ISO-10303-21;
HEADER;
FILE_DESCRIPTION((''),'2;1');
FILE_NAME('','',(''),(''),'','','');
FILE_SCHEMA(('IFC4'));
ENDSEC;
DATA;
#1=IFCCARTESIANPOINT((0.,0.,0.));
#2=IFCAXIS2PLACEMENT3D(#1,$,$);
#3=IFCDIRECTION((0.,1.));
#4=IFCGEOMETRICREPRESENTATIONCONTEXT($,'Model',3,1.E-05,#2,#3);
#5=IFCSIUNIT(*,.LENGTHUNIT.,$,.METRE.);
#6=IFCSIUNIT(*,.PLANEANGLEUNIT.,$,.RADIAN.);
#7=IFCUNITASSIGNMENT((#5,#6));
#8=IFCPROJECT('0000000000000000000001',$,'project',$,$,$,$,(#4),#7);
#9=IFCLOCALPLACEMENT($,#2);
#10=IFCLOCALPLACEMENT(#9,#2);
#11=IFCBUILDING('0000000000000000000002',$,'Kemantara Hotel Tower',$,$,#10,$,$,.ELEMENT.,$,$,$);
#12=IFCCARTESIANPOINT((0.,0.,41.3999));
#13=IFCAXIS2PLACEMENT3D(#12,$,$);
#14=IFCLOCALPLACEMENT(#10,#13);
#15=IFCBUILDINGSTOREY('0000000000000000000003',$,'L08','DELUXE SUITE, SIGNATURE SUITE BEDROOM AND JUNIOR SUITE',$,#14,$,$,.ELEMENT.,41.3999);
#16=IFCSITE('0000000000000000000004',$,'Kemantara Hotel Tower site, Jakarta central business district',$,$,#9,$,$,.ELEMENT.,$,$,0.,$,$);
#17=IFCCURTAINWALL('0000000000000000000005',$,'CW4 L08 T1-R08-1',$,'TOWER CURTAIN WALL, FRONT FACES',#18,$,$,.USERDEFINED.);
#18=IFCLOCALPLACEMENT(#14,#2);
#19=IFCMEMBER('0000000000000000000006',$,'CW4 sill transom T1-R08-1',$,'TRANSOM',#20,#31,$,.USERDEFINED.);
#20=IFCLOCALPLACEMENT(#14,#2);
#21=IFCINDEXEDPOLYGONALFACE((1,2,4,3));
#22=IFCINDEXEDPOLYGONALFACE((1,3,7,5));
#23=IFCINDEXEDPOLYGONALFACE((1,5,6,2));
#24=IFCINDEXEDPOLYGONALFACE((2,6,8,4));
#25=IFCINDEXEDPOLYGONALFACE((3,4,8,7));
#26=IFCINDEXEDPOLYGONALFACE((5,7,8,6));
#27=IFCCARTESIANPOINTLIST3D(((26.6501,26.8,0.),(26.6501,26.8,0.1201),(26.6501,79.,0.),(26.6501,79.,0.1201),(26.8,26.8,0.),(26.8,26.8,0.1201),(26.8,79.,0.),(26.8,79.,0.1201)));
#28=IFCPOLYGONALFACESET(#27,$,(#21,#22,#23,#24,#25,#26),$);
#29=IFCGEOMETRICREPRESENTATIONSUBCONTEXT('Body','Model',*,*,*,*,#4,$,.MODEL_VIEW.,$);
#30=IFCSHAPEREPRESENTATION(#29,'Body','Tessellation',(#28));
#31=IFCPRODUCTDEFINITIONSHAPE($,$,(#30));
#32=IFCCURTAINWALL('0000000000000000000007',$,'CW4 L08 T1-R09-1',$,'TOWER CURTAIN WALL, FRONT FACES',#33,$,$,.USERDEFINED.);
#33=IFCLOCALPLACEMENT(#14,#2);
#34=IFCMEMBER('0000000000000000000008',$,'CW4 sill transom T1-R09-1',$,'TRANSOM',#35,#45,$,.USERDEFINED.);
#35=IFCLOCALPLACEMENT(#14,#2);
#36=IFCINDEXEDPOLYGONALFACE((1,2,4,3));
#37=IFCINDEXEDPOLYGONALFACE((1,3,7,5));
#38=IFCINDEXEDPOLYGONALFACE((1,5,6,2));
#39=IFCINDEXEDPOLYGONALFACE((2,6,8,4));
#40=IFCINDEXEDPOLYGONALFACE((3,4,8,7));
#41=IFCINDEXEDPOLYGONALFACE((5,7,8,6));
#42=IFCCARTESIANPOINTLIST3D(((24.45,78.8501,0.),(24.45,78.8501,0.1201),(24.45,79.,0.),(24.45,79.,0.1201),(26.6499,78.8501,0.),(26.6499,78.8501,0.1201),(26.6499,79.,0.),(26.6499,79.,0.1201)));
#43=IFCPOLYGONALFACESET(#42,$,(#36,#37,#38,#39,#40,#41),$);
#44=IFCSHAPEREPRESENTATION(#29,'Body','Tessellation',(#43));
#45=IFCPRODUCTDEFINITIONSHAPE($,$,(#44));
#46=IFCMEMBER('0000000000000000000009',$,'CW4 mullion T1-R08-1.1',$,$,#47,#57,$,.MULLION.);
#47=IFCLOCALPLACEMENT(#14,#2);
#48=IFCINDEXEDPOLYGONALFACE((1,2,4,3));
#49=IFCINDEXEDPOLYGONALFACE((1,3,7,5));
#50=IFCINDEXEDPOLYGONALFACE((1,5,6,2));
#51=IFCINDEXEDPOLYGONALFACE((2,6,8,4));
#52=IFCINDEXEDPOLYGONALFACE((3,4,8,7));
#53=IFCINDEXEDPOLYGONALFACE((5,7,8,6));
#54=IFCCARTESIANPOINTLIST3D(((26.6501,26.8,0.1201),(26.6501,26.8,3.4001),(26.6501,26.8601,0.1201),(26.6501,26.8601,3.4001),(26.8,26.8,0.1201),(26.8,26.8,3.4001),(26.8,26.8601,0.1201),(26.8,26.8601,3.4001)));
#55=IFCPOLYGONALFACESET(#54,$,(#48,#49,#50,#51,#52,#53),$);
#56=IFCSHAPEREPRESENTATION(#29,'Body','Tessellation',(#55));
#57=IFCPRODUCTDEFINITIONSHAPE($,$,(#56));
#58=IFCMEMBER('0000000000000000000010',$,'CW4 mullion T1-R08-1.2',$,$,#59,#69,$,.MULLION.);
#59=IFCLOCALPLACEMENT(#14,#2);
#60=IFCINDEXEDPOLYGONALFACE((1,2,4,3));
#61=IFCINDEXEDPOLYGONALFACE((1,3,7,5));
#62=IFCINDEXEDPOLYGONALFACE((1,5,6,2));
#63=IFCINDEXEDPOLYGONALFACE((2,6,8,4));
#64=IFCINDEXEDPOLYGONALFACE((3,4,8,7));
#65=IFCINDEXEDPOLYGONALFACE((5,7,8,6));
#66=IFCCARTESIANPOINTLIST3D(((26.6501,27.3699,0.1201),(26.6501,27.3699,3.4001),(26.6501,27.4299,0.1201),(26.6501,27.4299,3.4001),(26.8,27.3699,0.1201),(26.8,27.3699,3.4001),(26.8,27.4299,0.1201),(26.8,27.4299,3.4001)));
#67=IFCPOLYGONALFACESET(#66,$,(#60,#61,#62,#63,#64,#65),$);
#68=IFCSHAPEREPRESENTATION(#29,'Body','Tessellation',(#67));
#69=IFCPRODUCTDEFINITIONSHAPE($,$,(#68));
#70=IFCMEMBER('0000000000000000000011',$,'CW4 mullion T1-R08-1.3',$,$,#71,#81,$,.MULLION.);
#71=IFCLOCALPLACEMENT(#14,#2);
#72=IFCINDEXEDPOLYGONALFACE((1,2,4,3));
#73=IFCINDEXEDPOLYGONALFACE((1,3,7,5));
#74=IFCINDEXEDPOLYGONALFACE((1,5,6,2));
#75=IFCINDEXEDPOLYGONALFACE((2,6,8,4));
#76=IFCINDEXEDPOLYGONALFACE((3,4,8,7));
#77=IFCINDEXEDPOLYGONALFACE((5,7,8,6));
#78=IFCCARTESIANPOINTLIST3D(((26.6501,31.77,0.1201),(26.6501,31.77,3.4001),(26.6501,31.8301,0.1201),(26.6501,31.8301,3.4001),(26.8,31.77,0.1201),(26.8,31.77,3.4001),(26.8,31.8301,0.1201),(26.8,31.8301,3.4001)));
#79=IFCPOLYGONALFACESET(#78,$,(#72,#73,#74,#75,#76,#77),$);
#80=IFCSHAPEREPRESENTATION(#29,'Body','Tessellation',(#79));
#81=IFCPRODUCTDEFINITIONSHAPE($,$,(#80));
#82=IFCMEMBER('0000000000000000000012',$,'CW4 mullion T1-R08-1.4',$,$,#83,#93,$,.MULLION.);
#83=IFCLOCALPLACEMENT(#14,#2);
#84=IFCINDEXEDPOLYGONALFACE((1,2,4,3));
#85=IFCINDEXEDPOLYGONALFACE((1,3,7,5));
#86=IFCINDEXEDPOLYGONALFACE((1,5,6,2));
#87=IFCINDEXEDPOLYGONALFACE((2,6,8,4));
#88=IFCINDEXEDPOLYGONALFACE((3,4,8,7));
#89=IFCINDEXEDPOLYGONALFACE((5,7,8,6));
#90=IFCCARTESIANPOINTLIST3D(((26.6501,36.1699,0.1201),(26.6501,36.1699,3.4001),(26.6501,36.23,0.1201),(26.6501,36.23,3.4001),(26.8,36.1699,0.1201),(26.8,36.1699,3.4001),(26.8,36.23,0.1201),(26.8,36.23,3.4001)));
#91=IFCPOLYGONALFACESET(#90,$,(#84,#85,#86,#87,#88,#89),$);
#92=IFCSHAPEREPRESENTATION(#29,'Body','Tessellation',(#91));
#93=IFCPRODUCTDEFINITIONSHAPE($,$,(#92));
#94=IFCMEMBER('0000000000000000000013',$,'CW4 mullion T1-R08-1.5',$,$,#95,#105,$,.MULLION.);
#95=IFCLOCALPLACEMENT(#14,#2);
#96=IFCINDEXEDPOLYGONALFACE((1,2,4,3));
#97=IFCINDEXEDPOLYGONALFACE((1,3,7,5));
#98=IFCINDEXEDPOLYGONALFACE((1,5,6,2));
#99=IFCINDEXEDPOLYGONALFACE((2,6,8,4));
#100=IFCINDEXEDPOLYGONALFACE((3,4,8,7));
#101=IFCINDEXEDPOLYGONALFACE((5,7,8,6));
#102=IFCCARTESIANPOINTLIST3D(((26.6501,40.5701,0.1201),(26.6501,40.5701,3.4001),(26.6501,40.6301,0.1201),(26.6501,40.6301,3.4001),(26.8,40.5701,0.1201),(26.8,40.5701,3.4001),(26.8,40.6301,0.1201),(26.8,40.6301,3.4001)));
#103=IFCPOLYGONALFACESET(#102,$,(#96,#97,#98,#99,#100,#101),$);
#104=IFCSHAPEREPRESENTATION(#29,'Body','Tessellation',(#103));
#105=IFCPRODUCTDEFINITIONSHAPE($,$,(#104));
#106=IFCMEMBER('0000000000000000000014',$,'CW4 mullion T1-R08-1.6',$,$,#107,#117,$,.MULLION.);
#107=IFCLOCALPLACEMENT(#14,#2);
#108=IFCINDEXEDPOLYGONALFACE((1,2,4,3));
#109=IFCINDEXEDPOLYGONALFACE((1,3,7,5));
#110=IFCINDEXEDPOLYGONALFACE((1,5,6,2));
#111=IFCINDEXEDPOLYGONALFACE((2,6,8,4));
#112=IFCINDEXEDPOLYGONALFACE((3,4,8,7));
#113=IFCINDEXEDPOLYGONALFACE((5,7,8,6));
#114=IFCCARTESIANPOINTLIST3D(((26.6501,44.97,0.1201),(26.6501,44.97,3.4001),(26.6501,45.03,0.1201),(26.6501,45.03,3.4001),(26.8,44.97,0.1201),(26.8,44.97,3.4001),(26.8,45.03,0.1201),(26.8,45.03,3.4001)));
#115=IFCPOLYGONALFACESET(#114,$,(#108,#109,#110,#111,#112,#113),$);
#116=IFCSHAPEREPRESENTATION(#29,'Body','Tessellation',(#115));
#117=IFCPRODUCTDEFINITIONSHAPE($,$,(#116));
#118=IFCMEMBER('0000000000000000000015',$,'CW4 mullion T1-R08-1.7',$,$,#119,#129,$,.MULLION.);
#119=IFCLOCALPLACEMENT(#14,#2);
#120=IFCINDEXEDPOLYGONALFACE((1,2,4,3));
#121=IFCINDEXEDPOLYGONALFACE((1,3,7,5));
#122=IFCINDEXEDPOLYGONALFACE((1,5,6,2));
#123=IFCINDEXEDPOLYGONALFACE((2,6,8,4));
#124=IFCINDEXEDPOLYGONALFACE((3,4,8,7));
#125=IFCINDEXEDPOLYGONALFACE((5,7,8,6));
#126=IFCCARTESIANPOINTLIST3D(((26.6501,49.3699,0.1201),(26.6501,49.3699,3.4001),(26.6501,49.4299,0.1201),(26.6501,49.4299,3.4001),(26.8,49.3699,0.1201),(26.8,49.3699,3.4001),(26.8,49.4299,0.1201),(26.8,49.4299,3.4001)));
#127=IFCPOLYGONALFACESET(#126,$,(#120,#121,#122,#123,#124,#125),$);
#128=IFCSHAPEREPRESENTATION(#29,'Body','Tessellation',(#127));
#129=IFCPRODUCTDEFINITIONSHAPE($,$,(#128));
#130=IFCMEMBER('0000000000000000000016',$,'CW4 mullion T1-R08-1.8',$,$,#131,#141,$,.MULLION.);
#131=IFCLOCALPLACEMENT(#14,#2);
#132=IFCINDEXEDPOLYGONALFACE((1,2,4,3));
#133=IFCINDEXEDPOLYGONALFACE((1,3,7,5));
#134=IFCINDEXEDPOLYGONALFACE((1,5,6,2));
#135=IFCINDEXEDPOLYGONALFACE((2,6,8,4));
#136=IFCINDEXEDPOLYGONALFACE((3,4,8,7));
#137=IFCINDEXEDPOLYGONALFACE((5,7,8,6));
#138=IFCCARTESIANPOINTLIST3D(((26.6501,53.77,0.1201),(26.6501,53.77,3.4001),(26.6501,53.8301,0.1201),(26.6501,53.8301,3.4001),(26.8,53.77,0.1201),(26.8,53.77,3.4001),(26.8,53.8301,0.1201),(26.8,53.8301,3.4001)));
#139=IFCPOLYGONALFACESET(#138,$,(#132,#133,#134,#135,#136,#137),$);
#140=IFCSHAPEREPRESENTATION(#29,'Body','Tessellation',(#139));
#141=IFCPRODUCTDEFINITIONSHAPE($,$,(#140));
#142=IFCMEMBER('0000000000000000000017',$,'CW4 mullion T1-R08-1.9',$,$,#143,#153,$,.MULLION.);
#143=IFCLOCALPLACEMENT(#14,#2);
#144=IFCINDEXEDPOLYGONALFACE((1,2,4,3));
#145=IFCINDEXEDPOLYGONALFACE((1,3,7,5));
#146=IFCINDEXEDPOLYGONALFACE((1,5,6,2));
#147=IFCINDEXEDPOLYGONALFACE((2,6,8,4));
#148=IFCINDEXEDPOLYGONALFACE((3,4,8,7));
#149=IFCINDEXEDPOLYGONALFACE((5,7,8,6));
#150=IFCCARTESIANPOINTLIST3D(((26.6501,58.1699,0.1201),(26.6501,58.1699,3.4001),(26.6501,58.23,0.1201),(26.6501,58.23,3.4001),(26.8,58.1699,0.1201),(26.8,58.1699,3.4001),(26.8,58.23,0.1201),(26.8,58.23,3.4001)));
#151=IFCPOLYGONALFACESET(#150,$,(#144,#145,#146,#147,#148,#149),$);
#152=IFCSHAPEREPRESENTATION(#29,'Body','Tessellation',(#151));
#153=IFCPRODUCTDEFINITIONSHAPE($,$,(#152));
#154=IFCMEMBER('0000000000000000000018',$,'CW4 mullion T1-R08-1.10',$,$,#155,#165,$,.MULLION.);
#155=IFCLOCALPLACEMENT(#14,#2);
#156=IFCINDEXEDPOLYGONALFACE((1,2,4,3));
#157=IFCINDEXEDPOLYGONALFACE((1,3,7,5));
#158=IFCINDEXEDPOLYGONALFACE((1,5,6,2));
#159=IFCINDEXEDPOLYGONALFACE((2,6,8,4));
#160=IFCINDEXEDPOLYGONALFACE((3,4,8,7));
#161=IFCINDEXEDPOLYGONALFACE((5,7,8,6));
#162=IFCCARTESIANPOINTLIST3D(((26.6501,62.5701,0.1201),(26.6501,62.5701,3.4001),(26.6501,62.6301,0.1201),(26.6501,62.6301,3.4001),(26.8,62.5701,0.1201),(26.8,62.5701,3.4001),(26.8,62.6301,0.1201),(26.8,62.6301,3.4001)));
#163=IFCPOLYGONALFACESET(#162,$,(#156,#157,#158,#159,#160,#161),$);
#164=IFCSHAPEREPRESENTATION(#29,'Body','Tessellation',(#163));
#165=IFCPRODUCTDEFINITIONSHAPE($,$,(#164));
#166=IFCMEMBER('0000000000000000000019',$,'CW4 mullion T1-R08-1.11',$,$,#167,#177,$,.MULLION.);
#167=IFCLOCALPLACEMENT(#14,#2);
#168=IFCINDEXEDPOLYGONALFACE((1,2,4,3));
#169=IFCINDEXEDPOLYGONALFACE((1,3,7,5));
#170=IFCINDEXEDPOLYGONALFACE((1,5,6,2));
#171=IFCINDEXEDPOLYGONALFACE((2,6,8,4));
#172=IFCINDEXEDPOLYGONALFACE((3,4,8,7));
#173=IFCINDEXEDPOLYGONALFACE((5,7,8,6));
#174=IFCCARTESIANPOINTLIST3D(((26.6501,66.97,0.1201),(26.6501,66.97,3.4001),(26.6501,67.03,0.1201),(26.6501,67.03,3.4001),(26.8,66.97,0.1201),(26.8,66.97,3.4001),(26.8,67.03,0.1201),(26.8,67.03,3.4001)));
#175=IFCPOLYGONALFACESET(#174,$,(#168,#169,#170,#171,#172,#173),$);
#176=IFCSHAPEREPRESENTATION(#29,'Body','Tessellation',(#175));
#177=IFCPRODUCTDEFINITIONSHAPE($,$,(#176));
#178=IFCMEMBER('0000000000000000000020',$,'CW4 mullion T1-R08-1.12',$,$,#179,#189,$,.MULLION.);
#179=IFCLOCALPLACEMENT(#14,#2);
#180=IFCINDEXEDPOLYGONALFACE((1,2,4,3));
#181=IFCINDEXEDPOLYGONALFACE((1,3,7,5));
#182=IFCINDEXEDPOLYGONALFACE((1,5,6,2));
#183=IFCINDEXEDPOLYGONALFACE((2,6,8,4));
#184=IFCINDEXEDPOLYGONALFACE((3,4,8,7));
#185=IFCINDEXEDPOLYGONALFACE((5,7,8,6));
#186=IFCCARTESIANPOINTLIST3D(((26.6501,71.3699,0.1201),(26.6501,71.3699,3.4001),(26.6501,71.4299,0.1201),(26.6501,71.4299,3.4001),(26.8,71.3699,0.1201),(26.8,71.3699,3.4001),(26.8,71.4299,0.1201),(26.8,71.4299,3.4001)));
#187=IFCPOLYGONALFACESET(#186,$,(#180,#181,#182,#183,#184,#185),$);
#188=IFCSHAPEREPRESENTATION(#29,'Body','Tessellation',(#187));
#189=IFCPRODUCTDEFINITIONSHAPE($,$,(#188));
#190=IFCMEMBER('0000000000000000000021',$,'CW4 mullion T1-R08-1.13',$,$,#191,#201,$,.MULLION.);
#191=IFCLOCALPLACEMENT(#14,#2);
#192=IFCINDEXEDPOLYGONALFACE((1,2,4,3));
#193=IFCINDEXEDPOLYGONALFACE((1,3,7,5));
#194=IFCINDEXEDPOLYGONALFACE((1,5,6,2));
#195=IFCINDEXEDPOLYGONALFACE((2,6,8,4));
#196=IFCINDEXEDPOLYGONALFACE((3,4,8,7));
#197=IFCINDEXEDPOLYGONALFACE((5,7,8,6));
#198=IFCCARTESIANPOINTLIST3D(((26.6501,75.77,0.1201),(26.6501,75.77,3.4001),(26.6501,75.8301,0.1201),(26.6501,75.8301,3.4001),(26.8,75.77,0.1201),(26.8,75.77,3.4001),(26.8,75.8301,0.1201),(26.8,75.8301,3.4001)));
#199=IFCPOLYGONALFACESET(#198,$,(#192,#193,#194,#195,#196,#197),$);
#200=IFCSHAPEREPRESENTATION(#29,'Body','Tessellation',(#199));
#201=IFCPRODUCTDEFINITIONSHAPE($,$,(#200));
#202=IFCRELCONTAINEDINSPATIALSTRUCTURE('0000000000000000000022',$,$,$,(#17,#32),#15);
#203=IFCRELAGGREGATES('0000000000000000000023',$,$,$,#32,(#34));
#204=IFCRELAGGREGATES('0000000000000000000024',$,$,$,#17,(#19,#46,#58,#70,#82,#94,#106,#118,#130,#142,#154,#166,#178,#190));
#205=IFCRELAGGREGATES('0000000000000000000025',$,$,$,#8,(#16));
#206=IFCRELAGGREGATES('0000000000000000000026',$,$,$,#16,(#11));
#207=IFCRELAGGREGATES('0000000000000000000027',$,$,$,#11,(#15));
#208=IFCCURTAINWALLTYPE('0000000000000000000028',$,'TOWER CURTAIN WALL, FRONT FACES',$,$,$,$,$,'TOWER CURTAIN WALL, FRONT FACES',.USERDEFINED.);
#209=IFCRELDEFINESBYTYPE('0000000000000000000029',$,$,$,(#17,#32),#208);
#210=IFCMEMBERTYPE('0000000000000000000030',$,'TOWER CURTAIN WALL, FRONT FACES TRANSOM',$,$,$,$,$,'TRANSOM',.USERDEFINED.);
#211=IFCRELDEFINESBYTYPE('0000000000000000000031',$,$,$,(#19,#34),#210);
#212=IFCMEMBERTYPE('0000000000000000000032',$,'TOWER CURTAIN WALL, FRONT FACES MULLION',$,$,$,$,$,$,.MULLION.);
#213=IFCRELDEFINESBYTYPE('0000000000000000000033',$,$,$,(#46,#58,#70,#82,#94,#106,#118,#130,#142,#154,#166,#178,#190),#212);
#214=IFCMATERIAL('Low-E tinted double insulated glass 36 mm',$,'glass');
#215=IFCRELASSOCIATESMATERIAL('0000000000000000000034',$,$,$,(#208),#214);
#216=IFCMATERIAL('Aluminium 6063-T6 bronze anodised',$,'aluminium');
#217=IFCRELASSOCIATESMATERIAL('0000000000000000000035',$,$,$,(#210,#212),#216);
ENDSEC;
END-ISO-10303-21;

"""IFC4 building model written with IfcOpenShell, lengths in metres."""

from ifc_helpers import new_model, si_unit, direction, frame, origin, origin_2d, place, context, subcontext, project, spatial, rectangle, extrude, source, transform, mapped, material, material_profile, profile_set, type_object, element, aggregate, save


model = new_model("IFC4")

# Units and contexts
model_context = context("Model", 3, precision=1e-05, world=origin(), true_north=direction((0.0, 1.0)))
body_context = subcontext(model_context, "Body", "Model", "MODEL_VIEW")
ifc_project = project(units=[si_unit("LENGTHUNIT", "METRE"), si_unit("PLANEANGLEUNIT", "RADIAN")], contexts=[model_context])

# Site, building, storey
site_placement = place(None, origin())
site = spatial("IfcSite", under=ifc_project, at=site_placement, Name="Kemantara Hotel Tower site, Jakarta central business district", CompositionType="ELEMENT", RefElevation=0.0)
building_placement = place(site_placement, origin())
building = spatial("IfcBuilding", under=site, at=building_placement, Name="Kemantara Hotel Tower", CompositionType="ELEMENT")
storey_placement = place(building_placement, frame((0.0, 0.0, 41.3999)))
storey = spatial("IfcBuildingStorey", under=building, at=storey_placement, Name="L08", Description="DELUXE SUITE, SIGNATURE SUITE BEDROOM AND JUNIOR SUITE", CompositionType="ELEMENT", Elevation=41.3999)

# Curtain walls, members
ifc_material_1 = material(Name="Low-E tinted double insulated glass 36 mm", Category="glass")
curtain_wall_type = type_object("IfcCurtainWallType", Name="TOWER CURTAIN WALL, FRONT FACES", ElementType="TOWER CURTAIN WALL, FRONT FACES", PredefinedType="USERDEFINED", material=ifc_material_1)
curtain_wall_1_placement = place(storey_placement, origin())
curtain_wall_1 = element("IfcCurtainWall", 1, at=curtain_wall_1_placement, inside=storey, type_object=curtain_wall_type, Name="CW4 L08 T1-R08-1", ObjectType="TOWER CURTAIN WALL, FRONT FACES", PredefinedType="USERDEFINED")
ifc_material_2 = material(Name="Aluminium 6063-T6 bronze anodised", Category="aluminium")
ifc_material_profile_1 = material_profile(ifc_material_2, rectangle(XDim=0.1499, YDim=0.1201, at=origin_2d()), Name="TOWER CURTAIN WALL, FRONT FACES TRANSOM")
ifc_profile_set_1 = profile_set([ifc_material_profile_1], Name="Aluminium 6063-T6 bronze anodised")
member_type_1 = type_object("IfcMemberType", Name="TOWER CURTAIN WALL, FRONT FACES TRANSOM", ElementType="TRANSOM", PredefinedType="USERDEFINED", material=ifc_profile_set_1)
member_1_placement = place(storey_placement, frame((26.7251, 26.8, 0.0601), z_axis=(0.0, 1.0, 0.0), x_axis=(-1.0, 0.0, 0.0)))
member_1 = element("IfcMember", 2, at=member_1_placement, type_object=member_type_1, Name="CW4 sill transom T1-R08-1", ObjectType="TRANSOM", PredefinedType="USERDEFINED", context=body_context, shape_type="SweptSolid", body=[
    extrude(rectangle(XDim=0.1499, YDim=0.1201, at=origin_2d()), origin(), (0.0, 0.0, 1.0), 52.2),
])
curtain_wall_2_placement = place(storey_placement, origin())
curtain_wall_2 = element("IfcCurtainWall", 3, at=curtain_wall_2_placement, inside=storey, type_object=curtain_wall_type, Name="CW4 L08 T1-R09-1", ObjectType="TOWER CURTAIN WALL, FRONT FACES", PredefinedType="USERDEFINED")
member_2_placement = place(storey_placement, frame((26.6499, 78.925, 0.0601), z_axis=(-1.0, 0.0, 0.0), x_axis=(0.0, -1.0, 0.0)))
member_2 = element("IfcMember", 4, at=member_2_placement, type_object=member_type_1, Name="CW4 sill transom T1-R09-1", ObjectType="TRANSOM", PredefinedType="USERDEFINED", context=body_context, shape_type="SweptSolid", body=[
    extrude(rectangle(XDim=0.1499, YDim=0.1201, at=origin_2d()), origin(), (0.0, 0.0, 1.0), 2.2),
])
aggregate(curtain_wall_2, [member_2])

# Members
ifc_material_profile_2 = material_profile(ifc_material_2, rectangle(XDim=0.1499, YDim=0.0601, at=origin_2d()), Name="TOWER CURTAIN WALL, FRONT FACES MULLION")
ifc_profile_set_2 = profile_set([ifc_material_profile_2], Name="Aluminium 6063-T6 bronze anodised")
member_type_2 = type_object("IfcMemberType", Name="TOWER CURTAIN WALL, FRONT FACES MULLION", PredefinedType="MULLION", material=ifc_profile_set_2)
shared_shape_1 = source(origin(), body_context, "Body", "SweptSolid", [
    extrude(rectangle(XDim=0.1499, YDim=0.0601, at=origin_2d()), origin(), (0.0, 0.0, 1.0), 3.28),
])
member_3_placement = place(storey_placement, frame((26.7251, 26.8301, 0.1201), z_axis=(0.0, 0.0, 1.0), x_axis=(-1.0, 0.0, 0.0)))
member_3 = element("IfcMember", 5, at=member_3_placement, type_object=member_type_2, Name="CW4 mullion T1-R08-1.1", PredefinedType="MULLION", context=body_context, shape_type="MappedRepresentation", body=[
    mapped(shared_shape_1, transform((0.0, 0.0, 0.0))),
])
member_4_placement = place(storey_placement, frame((26.7251, 27.3999, 0.1201), z_axis=(0.0, 0.0, 1.0), x_axis=(-1.0, 0.0, 0.0)))
member_4 = element("IfcMember", 6, at=member_4_placement, type_object=member_type_2, Name="CW4 mullion T1-R08-1.2", PredefinedType="MULLION", context=body_context, shape_type="MappedRepresentation", body=[
    mapped(shared_shape_1, transform((0.0, 0.0, 0.0))),
])
member_5_placement = place(storey_placement, frame((26.7251, 31.8, 0.1201), z_axis=(0.0, 0.0, 1.0), x_axis=(-1.0, 0.0, 0.0)))
member_5 = element("IfcMember", 7, at=member_5_placement, type_object=member_type_2, Name="CW4 mullion T1-R08-1.3", PredefinedType="MULLION", context=body_context, shape_type="MappedRepresentation", body=[
    mapped(shared_shape_1, transform((0.0, 0.0, 0.0))),
])
member_6_placement = place(storey_placement, frame((26.7251, 36.2, 0.1201), z_axis=(0.0, 0.0, 1.0), x_axis=(-1.0, 0.0, 0.0)))
member_6 = element("IfcMember", 8, at=member_6_placement, type_object=member_type_2, Name="CW4 mullion T1-R08-1.4", PredefinedType="MULLION", context=body_context, shape_type="MappedRepresentation", body=[
    mapped(shared_shape_1, transform((0.0, 0.0, 0.0))),
])
member_7_placement = place(storey_placement, frame((26.7251, 40.6001, 0.1201), z_axis=(0.0, 0.0, 1.0), x_axis=(-1.0, 0.0, 0.0)))
member_7 = element("IfcMember", 9, at=member_7_placement, type_object=member_type_2, Name="CW4 mullion T1-R08-1.5", PredefinedType="MULLION", context=body_context, shape_type="MappedRepresentation", body=[
    mapped(shared_shape_1, transform((0.0, 0.0, 0.0))),
])
member_8_placement = place(storey_placement, frame((26.7251, 45.0, 0.1201), z_axis=(0.0, 0.0, 1.0), x_axis=(-1.0, 0.0, 0.0)))
member_8 = element("IfcMember", 10, at=member_8_placement, type_object=member_type_2, Name="CW4 mullion T1-R08-1.6", PredefinedType="MULLION", context=body_context, shape_type="MappedRepresentation", body=[
    mapped(shared_shape_1, transform((0.0, 0.0, 0.0))),
])
member_9_placement = place(storey_placement, frame((26.7251, 49.3999, 0.1201), z_axis=(0.0, 0.0, 1.0), x_axis=(-1.0, 0.0, 0.0)))
member_9 = element("IfcMember", 11, at=member_9_placement, type_object=member_type_2, Name="CW4 mullion T1-R08-1.7", PredefinedType="MULLION", context=body_context, shape_type="MappedRepresentation", body=[
    mapped(shared_shape_1, transform((0.0, 0.0, 0.0))),
])
member_10_placement = place(storey_placement, frame((26.7251, 53.8, 0.1201), z_axis=(0.0, 0.0, 1.0), x_axis=(-1.0, 0.0, 0.0)))
member_10 = element("IfcMember", 12, at=member_10_placement, type_object=member_type_2, Name="CW4 mullion T1-R08-1.8", PredefinedType="MULLION", context=body_context, shape_type="MappedRepresentation", body=[
    mapped(shared_shape_1, transform((0.0, 0.0, 0.0))),
])
member_11_placement = place(storey_placement, frame((26.7251, 58.2, 0.1201), z_axis=(0.0, 0.0, 1.0), x_axis=(-1.0, 0.0, 0.0)))
member_11 = element("IfcMember", 13, at=member_11_placement, type_object=member_type_2, Name="CW4 mullion T1-R08-1.9", PredefinedType="MULLION", context=body_context, shape_type="MappedRepresentation", body=[
    mapped(shared_shape_1, transform((0.0, 0.0, 0.0))),
])
member_12_placement = place(storey_placement, frame((26.7251, 62.6001, 0.1201), z_axis=(0.0, 0.0, 1.0), x_axis=(-1.0, 0.0, 0.0)))
member_12 = element("IfcMember", 14, at=member_12_placement, type_object=member_type_2, Name="CW4 mullion T1-R08-1.10", PredefinedType="MULLION", context=body_context, shape_type="MappedRepresentation", body=[
    mapped(shared_shape_1, transform((0.0, 0.0, 0.0))),
])
member_13_placement = place(storey_placement, frame((26.7251, 67.0, 0.1201), z_axis=(0.0, 0.0, 1.0), x_axis=(-1.0, 0.0, 0.0)))
member_13 = element("IfcMember", 15, at=member_13_placement, type_object=member_type_2, Name="CW4 mullion T1-R08-1.11", PredefinedType="MULLION", context=body_context, shape_type="MappedRepresentation", body=[
    mapped(shared_shape_1, transform((0.0, 0.0, 0.0))),
])
member_14_placement = place(storey_placement, frame((26.7251, 71.3999, 0.1201), z_axis=(0.0, 0.0, 1.0), x_axis=(-1.0, 0.0, 0.0)))
member_14 = element("IfcMember", 16, at=member_14_placement, type_object=member_type_2, Name="CW4 mullion T1-R08-1.12", PredefinedType="MULLION", context=body_context, shape_type="MappedRepresentation", body=[
    mapped(shared_shape_1, transform((0.0, 0.0, 0.0))),
])
member_15_placement = place(storey_placement, frame((26.7251, 75.8, 0.1201), z_axis=(0.0, 0.0, 1.0), x_axis=(-1.0, 0.0, 0.0)))
member_15 = element("IfcMember", 17, at=member_15_placement, type_object=member_type_2, Name="CW4 mullion T1-R08-1.13", PredefinedType="MULLION", context=body_context, shape_type="MappedRepresentation", body=[
    mapped(shared_shape_1, transform((0.0, 0.0, 0.0))),
])

aggregate(curtain_wall_1, [member_1, member_3, member_4, member_5, member_6, member_7, member_8, member_9, member_10, member_11, member_12, member_13, member_14, member_15])

save(model, "model.ifc")
